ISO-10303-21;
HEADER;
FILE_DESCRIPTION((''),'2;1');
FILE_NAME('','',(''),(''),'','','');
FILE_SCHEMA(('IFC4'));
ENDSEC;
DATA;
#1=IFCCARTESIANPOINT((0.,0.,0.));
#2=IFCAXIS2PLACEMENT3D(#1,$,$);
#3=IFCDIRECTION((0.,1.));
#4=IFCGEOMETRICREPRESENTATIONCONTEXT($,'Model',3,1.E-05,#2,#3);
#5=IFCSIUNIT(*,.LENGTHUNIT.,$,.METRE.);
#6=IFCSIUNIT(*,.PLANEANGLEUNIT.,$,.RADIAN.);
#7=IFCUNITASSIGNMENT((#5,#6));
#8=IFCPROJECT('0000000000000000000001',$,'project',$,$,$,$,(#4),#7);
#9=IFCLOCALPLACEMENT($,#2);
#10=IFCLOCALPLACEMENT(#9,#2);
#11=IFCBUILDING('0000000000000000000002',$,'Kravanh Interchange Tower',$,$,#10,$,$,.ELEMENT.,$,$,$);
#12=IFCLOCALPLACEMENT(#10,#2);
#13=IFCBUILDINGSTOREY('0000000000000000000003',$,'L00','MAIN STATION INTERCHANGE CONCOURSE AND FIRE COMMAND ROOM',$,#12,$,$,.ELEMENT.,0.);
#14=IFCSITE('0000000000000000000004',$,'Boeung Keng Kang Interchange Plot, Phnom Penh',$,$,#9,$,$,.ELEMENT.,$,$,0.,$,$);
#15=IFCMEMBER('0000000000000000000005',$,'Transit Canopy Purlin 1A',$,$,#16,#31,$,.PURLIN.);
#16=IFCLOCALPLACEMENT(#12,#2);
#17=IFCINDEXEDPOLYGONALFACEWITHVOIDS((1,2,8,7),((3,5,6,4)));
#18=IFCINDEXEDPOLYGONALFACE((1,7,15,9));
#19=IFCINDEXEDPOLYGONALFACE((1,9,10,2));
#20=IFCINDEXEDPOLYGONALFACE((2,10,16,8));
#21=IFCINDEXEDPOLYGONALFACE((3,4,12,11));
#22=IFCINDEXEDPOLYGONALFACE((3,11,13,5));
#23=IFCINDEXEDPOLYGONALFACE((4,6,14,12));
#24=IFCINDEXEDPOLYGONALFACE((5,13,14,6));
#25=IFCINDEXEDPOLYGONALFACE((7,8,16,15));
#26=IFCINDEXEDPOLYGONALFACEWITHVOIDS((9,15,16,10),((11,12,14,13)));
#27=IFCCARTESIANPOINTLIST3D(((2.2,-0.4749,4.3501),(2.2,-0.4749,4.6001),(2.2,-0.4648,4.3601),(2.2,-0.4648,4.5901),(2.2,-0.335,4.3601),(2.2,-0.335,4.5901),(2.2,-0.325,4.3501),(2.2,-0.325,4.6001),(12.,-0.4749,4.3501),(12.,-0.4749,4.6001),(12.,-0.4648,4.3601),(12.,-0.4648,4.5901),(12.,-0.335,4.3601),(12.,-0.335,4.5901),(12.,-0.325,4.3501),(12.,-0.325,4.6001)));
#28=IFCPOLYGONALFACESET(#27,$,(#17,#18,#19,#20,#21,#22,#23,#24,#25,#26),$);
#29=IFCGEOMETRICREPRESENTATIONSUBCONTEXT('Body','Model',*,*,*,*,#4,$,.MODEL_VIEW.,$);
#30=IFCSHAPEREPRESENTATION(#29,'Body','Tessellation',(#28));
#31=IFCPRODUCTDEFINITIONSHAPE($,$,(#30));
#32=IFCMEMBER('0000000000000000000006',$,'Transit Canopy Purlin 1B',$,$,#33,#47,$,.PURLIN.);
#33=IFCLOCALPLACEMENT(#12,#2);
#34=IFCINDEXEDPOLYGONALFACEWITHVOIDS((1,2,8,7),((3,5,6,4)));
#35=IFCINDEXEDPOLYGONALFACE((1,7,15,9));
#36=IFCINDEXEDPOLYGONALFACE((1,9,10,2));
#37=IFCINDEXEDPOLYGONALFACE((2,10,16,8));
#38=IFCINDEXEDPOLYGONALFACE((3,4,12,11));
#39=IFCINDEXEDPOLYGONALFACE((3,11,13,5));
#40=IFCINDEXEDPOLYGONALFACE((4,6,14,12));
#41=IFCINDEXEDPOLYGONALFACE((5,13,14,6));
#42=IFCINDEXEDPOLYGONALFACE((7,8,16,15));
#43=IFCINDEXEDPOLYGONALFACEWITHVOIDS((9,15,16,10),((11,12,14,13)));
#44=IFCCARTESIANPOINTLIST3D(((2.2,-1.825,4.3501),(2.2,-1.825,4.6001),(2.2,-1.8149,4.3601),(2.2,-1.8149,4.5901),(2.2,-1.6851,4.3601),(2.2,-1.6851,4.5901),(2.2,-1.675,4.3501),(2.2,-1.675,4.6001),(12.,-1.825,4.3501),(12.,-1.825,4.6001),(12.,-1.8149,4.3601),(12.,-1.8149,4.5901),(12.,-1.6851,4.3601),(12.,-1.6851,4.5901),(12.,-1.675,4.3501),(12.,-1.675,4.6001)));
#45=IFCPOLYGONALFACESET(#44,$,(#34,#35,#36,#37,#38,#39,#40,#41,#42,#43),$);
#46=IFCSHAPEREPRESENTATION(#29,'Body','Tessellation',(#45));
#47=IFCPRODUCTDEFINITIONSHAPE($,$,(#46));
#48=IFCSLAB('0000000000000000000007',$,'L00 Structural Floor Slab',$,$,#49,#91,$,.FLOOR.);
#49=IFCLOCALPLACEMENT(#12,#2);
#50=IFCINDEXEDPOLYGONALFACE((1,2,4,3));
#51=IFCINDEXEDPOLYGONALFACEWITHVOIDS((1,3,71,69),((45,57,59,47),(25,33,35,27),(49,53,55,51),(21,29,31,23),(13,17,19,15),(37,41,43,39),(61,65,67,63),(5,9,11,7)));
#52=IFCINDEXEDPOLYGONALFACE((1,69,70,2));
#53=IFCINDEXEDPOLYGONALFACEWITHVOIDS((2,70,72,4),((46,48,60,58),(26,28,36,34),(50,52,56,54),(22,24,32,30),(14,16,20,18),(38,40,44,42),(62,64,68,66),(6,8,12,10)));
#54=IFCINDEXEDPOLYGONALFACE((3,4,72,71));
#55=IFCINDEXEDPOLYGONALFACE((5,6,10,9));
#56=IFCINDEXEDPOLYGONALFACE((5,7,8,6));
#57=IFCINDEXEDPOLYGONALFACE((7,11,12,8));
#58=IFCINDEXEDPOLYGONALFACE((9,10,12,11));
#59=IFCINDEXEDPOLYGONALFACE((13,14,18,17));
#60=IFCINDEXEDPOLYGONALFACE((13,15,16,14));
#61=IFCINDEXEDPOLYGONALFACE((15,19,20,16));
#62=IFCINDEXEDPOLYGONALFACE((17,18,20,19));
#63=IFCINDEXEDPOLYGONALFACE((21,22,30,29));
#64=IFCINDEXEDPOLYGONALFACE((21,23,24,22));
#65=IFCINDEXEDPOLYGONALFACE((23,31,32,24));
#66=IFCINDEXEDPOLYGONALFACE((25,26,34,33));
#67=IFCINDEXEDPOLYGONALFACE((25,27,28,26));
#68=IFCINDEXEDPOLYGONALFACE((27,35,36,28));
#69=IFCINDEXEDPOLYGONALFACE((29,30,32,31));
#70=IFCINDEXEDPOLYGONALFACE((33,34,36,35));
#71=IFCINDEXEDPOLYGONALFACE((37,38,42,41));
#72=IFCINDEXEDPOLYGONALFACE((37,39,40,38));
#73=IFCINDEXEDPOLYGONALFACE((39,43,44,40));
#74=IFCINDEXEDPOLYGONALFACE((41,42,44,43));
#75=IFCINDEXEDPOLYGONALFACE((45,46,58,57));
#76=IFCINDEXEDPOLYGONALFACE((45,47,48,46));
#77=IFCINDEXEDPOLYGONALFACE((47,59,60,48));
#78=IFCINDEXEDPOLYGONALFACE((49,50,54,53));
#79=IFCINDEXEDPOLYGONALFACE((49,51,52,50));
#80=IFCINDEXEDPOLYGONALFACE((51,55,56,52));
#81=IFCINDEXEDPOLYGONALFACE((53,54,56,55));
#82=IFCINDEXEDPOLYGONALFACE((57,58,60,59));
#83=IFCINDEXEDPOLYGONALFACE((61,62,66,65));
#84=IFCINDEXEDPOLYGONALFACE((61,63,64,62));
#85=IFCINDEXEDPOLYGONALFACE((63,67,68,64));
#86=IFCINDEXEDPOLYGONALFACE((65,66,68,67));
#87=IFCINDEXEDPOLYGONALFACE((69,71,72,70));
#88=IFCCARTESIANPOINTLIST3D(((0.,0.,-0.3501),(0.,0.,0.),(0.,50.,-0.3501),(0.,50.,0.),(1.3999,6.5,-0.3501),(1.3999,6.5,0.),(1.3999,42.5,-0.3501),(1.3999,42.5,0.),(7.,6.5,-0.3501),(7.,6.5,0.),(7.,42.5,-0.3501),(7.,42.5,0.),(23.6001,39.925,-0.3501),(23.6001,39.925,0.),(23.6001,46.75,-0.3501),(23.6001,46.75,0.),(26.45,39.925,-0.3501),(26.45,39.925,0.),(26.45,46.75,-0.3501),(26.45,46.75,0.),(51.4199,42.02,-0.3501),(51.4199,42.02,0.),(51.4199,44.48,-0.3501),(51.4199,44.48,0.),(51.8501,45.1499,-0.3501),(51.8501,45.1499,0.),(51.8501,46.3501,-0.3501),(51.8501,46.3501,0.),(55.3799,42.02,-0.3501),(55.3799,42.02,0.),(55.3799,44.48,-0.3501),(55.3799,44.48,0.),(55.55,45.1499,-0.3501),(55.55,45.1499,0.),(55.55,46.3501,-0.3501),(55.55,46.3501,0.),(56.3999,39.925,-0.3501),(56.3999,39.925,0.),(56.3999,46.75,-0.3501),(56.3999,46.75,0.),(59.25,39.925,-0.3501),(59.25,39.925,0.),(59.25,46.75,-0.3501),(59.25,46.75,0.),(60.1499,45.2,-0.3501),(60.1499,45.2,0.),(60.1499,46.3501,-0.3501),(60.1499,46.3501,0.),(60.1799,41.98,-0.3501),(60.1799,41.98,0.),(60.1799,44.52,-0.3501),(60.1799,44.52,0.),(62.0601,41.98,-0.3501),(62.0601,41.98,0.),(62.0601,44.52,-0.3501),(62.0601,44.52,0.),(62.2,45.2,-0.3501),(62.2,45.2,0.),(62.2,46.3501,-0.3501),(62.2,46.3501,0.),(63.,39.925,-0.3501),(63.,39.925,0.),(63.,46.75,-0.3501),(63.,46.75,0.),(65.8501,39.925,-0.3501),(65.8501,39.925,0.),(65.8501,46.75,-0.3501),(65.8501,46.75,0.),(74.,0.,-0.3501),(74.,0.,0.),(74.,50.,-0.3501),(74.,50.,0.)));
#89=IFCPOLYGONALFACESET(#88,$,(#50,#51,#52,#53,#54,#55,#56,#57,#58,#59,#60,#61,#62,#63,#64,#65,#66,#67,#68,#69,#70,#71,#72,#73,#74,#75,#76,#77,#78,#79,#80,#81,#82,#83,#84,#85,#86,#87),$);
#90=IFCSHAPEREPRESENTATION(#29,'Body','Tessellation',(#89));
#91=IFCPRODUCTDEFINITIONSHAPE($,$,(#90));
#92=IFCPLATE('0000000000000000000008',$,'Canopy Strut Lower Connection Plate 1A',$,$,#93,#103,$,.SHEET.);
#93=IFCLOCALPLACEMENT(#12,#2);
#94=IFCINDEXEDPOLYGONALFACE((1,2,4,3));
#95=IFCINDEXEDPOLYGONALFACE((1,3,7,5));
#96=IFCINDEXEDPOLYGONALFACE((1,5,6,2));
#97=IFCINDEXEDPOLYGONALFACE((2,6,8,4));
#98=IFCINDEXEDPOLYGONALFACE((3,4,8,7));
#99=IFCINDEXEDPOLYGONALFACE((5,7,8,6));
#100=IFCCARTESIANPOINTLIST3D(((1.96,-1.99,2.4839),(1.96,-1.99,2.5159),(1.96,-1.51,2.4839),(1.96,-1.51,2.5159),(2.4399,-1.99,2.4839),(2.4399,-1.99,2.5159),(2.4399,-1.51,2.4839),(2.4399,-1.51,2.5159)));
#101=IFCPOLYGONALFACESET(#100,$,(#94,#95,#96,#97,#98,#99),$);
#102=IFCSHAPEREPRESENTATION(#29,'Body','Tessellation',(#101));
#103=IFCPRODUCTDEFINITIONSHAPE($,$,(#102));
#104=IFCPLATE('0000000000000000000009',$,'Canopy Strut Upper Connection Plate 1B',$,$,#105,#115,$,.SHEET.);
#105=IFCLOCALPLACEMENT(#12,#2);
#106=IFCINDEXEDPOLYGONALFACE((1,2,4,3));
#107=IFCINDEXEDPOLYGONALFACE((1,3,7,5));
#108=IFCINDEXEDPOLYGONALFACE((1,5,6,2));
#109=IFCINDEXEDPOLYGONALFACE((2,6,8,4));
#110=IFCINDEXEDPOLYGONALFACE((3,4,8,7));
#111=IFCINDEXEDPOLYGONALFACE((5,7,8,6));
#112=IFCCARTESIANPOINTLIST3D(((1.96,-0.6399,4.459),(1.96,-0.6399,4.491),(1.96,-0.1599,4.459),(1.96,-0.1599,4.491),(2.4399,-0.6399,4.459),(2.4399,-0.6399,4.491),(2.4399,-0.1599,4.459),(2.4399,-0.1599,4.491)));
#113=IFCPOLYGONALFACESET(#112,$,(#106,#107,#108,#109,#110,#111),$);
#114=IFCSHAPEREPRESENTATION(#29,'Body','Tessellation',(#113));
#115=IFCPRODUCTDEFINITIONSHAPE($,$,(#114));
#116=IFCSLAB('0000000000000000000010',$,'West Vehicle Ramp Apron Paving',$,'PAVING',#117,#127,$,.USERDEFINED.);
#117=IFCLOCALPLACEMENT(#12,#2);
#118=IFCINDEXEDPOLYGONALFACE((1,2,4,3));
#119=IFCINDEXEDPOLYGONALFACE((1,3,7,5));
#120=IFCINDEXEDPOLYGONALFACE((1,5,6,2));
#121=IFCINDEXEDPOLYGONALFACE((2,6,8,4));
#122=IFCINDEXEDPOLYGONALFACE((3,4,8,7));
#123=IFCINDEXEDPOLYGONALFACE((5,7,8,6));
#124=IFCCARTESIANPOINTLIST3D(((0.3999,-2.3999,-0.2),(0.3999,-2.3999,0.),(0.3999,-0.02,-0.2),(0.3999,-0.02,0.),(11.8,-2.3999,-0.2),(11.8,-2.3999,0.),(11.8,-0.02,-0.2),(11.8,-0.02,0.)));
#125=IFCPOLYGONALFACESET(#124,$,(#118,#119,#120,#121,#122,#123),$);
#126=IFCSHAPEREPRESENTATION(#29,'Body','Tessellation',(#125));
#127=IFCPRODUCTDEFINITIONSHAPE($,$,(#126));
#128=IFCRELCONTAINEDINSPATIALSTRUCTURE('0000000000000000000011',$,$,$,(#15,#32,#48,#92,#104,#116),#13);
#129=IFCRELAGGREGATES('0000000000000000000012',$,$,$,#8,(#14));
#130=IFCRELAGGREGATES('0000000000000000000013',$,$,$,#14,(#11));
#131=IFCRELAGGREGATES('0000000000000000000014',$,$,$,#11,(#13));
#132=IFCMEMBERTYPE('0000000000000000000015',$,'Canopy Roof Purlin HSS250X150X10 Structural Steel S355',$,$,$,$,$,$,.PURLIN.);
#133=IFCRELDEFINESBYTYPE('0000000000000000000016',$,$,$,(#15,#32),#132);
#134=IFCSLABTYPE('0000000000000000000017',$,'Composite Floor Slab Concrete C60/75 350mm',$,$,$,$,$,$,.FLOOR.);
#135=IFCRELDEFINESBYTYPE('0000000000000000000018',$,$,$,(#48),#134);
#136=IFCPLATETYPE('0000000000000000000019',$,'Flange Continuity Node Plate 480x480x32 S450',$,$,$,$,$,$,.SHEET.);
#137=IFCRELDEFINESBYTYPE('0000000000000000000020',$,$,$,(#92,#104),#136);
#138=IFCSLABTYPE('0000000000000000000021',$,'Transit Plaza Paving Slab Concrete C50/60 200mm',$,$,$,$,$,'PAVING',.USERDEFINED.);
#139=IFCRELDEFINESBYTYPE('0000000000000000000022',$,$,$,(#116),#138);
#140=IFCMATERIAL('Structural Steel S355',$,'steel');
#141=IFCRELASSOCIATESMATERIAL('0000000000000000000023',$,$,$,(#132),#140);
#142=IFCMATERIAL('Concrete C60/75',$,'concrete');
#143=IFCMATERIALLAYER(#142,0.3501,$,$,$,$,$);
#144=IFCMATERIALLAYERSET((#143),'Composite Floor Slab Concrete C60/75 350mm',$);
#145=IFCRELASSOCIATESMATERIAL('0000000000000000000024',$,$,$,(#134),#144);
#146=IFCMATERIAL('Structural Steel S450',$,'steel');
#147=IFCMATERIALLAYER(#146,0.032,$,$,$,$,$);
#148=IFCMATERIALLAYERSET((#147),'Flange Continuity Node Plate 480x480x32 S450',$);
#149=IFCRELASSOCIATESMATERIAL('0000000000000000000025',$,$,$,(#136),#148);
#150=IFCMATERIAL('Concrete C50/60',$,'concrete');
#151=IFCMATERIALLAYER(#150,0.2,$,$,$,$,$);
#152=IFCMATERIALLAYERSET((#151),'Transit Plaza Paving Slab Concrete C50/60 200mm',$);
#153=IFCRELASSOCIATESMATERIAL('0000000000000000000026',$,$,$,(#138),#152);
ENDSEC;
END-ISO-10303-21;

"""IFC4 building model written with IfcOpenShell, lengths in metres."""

from ifc_helpers import new_model, si_unit, direction, frame, origin, origin_2d, place, context, subcontext, project, spatial, polyline, rectangle, hollow_rectangle, outline, extrude, material, layer, layer_set, material_profile, profile_set, type_object, element, save


model = new_model("IFC4")

# Units and contexts
model_context = context("Model", 3, precision=1e-05, world=origin(), true_north=direction((0.0, 1.0)))
body_context = subcontext(model_context, "Body", "Model", "MODEL_VIEW")
ifc_project = project(units=[si_unit("LENGTHUNIT", "METRE"), si_unit("PLANEANGLEUNIT", "RADIAN")], contexts=[model_context])

# Site, building, storey
site_placement = place(None, origin())
site = spatial("IfcSite", under=ifc_project, at=site_placement, Name="Boeung Keng Kang Interchange Plot, Phnom Penh", CompositionType="ELEMENT", RefElevation=0.0)
building_placement = place(site_placement, origin())
building = spatial("IfcBuilding", under=site, at=building_placement, Name="Kravanh Interchange Tower", CompositionType="ELEMENT")
storey_placement = place(building_placement, origin())
storey = spatial("IfcBuildingStorey", under=building, at=storey_placement, Name="L00", Description="MAIN STATION INTERCHANGE CONCOURSE AND FIRE COMMAND ROOM", CompositionType="ELEMENT", Elevation=0.0)

# Members
ifc_material_1 = material(Name="Structural Steel S355", Category="steel")
ifc_material_profile_1 = material_profile(ifc_material_1, hollow_rectangle(XDim=0.1499, YDim=0.25, WallThickness=0.01, at=origin_2d()), Name="HSS250X150X10")
ifc_profile_set_1 = profile_set([ifc_material_profile_1], Name="Structural Steel S355")
member_type_1 = type_object("IfcMemberType", Name="Canopy Roof Purlin HSS250X150X10 Structural Steel S355", PredefinedType="PURLIN", material=ifc_profile_set_1)
for number, where, z_axis, x_axis, name in (
    (1, (2.2, -0.3999, 4.4751), (1.0, 0.0, 0.0), (0.0, 1.0, 0.0), "Transit Canopy Purlin 1A"),
    (2, (2.2, -1.75, 4.4751), (1.0, 0.0, 0.0), (0.0, 1.0, 0.0), "Transit Canopy Purlin 1B"),
):
    element("IfcMember", number, at=place(storey_placement, frame(where, z_axis=z_axis, x_axis=x_axis)), inside=storey, type_object=member_type_1, Name=name, PredefinedType="PURLIN", context=body_context, shape_type="SweptSolid", body=[
        extrude(hollow_rectangle(XDim=0.1499, YDim=0.25, WallThickness=0.01, at=origin_2d()), origin(), (0.0, 0.0, 1.0), 9.8),
    ])

# Slab
ifc_material_2 = material(Name="Concrete C60/75", Category="concrete")
ifc_layer_1 = layer(ifc_material_2, 0.3501)
ifc_layer_set_1 = layer_set([ifc_layer_1], Name="Composite Floor Slab Concrete C60/75 350mm")
slab_type_1 = type_object("IfcSlabType", Name="Composite Floor Slab Concrete C60/75 350mm", PredefinedType="FLOOR", material=ifc_layer_set_1)
slab_1_placement = place(storey_placement, frame((0.0, 0.0, -0.3501)))
element("IfcSlab", 3, at=slab_1_placement, inside=storey, type_object=slab_type_1, Name="L00 Structural Floor Slab", PredefinedType="FLOOR", context=body_context, shape_type="SweptSolid", body=[
    extrude(outline(polyline([(0.0, 0.0), (74.0, 0.0), (74.0, 50.0), (0.0, 50.0), (0.0, 0.0)]), holes=[polyline([(65.8501, 39.925), (65.8501, 46.75), (63.0, 46.75), (63.0, 39.925), (65.8501, 39.925)]), polyline([(59.25, 39.925), (59.25, 46.75), (56.3999, 46.75), (56.3999, 39.925), (59.25, 39.925)]), polyline([(26.45, 39.925), (26.45, 46.75), (23.6001, 46.75), (23.6001, 39.925), (26.45, 39.925)]), polyline([(51.4199, 42.02), (55.3799, 42.02), (55.3799, 44.48), (51.4199, 44.48), (51.4199, 42.02)]), polyline([(60.1799, 41.98), (62.0601, 41.98), (62.0601, 44.52), (60.1799, 44.52), (60.1799, 41.98)]), polyline([(1.3999, 6.5), (7.0, 6.5), (7.0, 42.5), (1.3999, 42.5), (1.3999, 6.5)]), polyline([(60.1499, 45.2), (62.2, 45.2), (62.2, 46.3501), (60.1499, 46.3501), (60.1499, 45.2)]), polyline([(51.8501, 45.1499), (55.55, 45.1499), (55.55, 46.3501), (51.8501, 46.3501), (51.8501, 45.1499)])]), origin(), (0.0, 0.0, 1.0), 0.3501),
])

# Plates
ifc_material_3 = material(Name="Structural Steel S450", Category="steel")
ifc_layer_2 = layer(ifc_material_3, 0.032)
ifc_layer_set_2 = layer_set([ifc_layer_2], Name="Flange Continuity Node Plate 480x480x32 S450")
plate_type = type_object("IfcPlateType", Name="Flange Continuity Node Plate 480x480x32 S450", PredefinedType="SHEET", material=ifc_layer_set_2)
for number, where, z_axis, x_axis, name in (
    (4, (2.2, -1.75, 2.4839), (0.0, 0.0, 1.0), (1.0, 0.0, 0.0), "Canopy Strut Lower Connection Plate 1A"),
    (5, (2.2, -0.3999, 4.459), (0.0, 0.0, 1.0), (1.0, 0.0, 0.0), "Canopy Strut Upper Connection Plate 1B"),
):
    element("IfcPlate", number, at=place(storey_placement, frame(where, z_axis=z_axis, x_axis=x_axis)), inside=storey, type_object=plate_type, Name=name, PredefinedType="SHEET", context=body_context, shape_type="SweptSolid", body=[
        extrude(rectangle(XDim=0.48, YDim=0.48, at=origin_2d()), origin(), (0.0, 0.0, 1.0), 0.032),
    ])

# Slab
ifc_material_4 = material(Name="Concrete C50/60", Category="concrete")
ifc_layer_3 = layer(ifc_material_4, 0.2)
ifc_layer_set_3 = layer_set([ifc_layer_3], Name="Transit Plaza Paving Slab Concrete C50/60 200mm")
slab_type_2 = type_object("IfcSlabType", Name="Transit Plaza Paving Slab Concrete C50/60 200mm", ElementType="PAVING", PredefinedType="USERDEFINED", material=ifc_layer_set_3)
slab_2_placement = place(storey_placement, frame((0.0, 0.0, -0.2)))
element("IfcSlab", 6, at=slab_2_placement, inside=storey, type_object=slab_type_2, Name="West Vehicle Ramp Apron Paving", ObjectType="PAVING", PredefinedType="USERDEFINED", context=body_context, shape_type="SweptSolid", body=[
    extrude(outline(polyline([(0.3999, -2.3999), (11.8, -2.3999), (11.8, -0.02), (0.3999, -0.02), (0.3999, -2.3999)])), origin(), (0.0, 0.0, 1.0), 0.2),
])

save(model, "model.ifc")
